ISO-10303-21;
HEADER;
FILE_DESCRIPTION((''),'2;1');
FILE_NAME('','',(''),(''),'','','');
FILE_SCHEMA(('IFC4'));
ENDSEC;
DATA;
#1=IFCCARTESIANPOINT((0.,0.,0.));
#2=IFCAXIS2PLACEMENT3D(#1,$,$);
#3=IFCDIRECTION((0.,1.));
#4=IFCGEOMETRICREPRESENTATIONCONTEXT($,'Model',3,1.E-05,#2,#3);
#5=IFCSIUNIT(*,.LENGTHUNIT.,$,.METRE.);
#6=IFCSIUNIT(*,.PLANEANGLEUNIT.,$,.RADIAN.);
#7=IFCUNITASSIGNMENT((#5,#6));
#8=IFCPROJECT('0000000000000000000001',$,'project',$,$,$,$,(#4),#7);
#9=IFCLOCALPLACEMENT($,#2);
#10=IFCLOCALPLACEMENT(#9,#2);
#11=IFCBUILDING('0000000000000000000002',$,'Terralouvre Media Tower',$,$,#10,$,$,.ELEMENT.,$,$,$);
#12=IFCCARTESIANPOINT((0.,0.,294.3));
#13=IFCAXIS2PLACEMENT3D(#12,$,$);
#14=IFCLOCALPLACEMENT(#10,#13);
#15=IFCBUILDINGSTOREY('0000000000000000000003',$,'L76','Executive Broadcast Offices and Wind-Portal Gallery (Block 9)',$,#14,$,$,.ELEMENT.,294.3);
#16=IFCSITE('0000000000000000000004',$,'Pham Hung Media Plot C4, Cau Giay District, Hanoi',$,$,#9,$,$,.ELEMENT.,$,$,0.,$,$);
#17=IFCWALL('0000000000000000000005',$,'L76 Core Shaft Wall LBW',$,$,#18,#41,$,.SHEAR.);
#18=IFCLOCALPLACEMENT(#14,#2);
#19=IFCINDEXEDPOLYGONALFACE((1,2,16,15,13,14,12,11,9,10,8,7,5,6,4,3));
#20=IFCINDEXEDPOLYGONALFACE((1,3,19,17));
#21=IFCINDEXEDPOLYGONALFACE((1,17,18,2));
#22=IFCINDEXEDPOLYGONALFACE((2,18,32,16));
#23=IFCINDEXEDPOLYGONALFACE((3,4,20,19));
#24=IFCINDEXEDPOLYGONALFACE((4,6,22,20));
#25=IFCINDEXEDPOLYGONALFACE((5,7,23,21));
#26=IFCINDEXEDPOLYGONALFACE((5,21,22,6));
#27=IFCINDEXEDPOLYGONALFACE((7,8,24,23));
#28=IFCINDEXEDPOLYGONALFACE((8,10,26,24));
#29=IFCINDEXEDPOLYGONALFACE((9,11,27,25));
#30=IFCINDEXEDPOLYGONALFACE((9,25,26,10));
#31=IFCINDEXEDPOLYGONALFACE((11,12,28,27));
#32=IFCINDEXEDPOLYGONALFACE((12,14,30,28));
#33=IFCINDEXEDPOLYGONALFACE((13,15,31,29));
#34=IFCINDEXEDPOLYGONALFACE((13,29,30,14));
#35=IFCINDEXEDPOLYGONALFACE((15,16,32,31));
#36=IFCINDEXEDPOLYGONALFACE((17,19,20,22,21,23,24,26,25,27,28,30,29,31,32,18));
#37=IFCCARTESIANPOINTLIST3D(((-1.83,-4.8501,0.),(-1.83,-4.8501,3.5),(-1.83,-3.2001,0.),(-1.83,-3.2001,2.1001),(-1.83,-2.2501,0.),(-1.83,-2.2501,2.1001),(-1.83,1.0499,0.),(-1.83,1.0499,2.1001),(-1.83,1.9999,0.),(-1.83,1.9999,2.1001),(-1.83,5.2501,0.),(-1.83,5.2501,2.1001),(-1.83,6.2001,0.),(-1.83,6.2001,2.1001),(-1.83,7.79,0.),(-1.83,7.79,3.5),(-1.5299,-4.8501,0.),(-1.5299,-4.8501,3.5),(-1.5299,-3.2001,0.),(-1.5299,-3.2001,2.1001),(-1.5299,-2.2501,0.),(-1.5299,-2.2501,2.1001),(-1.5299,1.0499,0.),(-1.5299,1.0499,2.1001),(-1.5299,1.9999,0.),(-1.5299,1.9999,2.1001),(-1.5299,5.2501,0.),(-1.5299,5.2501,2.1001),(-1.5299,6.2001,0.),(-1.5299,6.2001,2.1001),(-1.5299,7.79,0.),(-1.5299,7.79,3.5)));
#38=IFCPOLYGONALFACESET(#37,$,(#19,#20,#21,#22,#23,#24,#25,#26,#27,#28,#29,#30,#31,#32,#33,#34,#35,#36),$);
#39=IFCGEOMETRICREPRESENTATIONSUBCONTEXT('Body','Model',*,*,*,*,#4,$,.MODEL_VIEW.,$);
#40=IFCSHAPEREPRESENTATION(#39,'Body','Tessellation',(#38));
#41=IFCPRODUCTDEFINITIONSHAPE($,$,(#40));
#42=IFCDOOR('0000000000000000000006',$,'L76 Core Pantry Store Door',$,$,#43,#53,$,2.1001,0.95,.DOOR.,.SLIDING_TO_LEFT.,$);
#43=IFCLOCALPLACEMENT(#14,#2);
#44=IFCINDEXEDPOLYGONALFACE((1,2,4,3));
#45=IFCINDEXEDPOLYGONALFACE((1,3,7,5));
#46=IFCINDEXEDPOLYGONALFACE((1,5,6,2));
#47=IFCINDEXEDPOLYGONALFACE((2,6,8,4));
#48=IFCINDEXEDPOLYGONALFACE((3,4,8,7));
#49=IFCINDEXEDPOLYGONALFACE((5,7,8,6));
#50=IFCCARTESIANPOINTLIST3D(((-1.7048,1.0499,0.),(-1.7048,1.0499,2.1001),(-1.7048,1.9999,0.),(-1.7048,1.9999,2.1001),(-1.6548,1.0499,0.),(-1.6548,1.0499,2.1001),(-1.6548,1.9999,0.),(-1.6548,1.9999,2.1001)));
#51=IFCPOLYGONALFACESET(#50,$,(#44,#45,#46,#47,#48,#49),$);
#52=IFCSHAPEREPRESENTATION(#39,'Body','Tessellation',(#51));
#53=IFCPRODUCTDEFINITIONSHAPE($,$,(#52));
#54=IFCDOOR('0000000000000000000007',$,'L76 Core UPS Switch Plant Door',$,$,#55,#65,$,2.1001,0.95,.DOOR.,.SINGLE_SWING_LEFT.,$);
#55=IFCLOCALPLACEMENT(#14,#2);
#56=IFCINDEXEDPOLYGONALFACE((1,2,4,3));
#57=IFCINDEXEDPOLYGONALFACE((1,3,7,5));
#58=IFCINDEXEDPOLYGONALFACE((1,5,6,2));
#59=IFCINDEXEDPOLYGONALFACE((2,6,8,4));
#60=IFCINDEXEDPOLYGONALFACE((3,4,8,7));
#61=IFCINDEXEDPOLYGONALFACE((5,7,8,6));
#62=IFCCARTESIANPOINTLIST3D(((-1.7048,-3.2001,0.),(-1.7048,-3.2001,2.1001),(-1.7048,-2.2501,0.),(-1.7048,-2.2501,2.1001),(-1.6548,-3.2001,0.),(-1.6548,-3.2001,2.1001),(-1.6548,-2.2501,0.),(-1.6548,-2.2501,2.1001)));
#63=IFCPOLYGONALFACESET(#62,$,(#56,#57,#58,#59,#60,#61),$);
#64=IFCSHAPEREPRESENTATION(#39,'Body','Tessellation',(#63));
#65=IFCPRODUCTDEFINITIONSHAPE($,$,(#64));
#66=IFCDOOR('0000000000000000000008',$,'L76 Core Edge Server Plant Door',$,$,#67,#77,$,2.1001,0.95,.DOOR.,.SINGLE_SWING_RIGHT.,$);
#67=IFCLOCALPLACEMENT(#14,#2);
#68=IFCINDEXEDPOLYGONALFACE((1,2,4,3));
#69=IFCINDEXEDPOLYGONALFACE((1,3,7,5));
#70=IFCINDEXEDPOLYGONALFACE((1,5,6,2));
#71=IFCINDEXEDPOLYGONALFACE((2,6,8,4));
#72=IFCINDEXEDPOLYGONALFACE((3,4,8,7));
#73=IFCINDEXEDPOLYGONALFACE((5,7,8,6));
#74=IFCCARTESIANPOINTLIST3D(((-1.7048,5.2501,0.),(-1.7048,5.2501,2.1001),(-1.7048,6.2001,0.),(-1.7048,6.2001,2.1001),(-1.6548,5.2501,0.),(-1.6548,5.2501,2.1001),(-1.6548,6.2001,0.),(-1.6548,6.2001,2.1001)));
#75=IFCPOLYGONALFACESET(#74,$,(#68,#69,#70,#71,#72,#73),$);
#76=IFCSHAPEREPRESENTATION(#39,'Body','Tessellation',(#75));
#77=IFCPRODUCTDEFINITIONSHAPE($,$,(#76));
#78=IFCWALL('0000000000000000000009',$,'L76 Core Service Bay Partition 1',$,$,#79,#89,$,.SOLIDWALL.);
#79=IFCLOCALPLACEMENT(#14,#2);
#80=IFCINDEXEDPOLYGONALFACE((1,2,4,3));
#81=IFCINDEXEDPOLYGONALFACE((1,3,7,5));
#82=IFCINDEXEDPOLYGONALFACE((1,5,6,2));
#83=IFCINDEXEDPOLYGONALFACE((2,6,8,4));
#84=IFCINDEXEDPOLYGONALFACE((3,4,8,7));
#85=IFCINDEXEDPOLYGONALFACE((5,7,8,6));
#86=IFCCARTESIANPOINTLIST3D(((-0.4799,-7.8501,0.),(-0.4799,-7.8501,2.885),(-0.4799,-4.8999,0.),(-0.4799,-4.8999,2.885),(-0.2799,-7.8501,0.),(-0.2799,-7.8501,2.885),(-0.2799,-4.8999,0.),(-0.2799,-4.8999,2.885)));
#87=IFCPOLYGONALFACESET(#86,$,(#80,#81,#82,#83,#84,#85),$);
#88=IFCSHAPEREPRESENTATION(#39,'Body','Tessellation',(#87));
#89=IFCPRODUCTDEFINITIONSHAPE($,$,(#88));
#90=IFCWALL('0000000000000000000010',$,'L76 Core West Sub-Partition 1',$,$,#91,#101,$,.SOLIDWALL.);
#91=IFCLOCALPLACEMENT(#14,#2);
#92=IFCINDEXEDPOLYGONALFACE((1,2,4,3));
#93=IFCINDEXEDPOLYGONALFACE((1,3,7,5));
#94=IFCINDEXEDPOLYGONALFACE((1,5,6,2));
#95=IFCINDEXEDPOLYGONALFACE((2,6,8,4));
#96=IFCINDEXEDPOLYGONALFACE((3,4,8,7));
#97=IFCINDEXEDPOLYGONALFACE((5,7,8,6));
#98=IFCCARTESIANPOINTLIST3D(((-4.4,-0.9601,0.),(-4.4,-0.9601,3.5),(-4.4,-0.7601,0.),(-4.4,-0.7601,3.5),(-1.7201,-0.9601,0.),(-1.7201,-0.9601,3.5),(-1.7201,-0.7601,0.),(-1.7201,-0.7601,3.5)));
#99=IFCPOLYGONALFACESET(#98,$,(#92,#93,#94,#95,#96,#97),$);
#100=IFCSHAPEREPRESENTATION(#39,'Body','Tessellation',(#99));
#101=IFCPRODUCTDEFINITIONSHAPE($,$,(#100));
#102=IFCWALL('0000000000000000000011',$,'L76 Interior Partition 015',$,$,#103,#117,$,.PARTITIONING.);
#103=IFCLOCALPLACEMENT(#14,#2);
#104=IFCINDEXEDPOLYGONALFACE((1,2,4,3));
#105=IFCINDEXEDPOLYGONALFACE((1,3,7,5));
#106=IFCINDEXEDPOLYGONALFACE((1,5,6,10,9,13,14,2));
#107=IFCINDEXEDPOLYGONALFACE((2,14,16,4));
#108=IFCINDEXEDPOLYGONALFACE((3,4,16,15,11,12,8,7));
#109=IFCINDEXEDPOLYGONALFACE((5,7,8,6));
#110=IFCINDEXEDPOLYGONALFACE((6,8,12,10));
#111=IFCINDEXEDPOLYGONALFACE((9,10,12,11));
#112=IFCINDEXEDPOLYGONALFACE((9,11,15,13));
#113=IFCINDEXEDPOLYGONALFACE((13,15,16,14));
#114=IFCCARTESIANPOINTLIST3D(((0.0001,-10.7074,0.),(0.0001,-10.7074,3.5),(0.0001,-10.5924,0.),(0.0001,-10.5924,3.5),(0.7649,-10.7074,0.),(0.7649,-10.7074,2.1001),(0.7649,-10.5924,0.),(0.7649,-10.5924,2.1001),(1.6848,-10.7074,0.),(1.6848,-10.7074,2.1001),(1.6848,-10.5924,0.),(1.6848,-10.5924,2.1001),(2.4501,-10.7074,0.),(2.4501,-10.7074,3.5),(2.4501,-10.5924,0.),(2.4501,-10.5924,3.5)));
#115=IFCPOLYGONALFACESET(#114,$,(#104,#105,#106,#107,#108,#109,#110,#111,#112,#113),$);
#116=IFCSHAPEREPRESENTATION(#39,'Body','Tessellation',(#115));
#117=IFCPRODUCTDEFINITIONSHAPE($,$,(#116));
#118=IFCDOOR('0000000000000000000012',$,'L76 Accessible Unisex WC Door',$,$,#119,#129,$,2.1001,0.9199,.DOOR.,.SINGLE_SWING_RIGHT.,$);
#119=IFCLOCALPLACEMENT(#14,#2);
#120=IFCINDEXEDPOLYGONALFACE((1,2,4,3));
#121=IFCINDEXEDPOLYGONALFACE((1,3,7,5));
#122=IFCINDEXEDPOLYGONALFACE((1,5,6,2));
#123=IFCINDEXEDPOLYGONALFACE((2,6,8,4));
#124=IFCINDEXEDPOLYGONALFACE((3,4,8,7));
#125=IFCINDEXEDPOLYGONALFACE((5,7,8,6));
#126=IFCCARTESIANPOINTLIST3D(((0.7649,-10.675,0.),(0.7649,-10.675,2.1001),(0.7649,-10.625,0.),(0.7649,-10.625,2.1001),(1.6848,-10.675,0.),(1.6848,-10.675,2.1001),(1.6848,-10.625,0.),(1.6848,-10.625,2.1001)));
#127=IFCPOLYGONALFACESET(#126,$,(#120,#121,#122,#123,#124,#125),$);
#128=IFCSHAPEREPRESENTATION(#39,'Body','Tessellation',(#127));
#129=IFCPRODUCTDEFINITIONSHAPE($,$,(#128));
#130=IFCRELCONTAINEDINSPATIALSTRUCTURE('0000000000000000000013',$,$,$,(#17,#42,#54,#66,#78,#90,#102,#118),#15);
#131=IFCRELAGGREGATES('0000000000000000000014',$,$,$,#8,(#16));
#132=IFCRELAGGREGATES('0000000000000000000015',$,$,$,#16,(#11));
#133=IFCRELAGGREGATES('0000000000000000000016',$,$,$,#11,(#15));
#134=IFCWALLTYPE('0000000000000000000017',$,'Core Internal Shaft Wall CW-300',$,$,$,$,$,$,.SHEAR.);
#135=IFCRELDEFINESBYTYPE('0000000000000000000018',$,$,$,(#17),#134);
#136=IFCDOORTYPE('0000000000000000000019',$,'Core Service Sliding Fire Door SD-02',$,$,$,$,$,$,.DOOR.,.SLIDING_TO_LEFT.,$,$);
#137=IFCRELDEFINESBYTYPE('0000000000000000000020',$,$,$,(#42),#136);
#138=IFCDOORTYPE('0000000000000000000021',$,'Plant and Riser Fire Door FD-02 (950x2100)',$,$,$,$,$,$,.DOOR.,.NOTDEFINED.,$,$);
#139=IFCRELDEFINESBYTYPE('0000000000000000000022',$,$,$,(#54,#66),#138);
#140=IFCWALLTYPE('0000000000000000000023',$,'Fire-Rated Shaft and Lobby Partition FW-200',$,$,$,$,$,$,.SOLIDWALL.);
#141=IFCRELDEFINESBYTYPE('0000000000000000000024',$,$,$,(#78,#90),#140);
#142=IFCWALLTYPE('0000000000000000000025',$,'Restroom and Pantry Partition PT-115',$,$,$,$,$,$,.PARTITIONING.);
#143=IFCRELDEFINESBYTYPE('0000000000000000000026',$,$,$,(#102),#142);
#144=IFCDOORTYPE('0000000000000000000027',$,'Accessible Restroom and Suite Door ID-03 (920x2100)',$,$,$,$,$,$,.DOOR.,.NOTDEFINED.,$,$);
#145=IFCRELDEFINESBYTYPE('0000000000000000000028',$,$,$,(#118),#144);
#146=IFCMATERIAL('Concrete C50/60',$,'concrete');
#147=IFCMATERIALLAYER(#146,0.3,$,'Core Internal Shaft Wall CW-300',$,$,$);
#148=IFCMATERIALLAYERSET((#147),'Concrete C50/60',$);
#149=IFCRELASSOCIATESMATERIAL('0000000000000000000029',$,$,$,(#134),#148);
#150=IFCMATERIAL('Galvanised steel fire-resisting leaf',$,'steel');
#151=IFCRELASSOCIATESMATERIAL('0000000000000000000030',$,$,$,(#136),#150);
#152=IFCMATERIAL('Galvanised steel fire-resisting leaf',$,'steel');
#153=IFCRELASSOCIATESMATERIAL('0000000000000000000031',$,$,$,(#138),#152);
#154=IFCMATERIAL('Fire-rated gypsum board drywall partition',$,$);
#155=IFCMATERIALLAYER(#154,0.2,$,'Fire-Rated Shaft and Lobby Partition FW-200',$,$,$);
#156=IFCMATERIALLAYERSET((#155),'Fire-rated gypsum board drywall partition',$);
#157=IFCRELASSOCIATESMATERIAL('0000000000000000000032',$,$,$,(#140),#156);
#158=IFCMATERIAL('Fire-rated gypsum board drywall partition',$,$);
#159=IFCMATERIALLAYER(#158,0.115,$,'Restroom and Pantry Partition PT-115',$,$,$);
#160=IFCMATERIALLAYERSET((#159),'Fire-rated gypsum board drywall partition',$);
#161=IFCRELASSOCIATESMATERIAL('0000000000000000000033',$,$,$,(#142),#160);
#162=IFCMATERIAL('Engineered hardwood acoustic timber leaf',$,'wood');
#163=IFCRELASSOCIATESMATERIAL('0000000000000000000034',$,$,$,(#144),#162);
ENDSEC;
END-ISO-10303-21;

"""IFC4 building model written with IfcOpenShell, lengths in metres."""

from ifc_helpers import new_model, si_unit, direction, frame, frame_2d, origin, place, context, subcontext, project, spatial, rectangle, extrude, material, layer, layer_set, type_object, element, fill, save


model = new_model("IFC4")

# Units and contexts
model_context = context("Model", 3, precision=1e-05, world=origin(), true_north=direction((0.0, 1.0)))
body_context = subcontext(model_context, "Body", "Model", "MODEL_VIEW")
ifc_project = project(units=[si_unit("LENGTHUNIT", "METRE"), si_unit("PLANEANGLEUNIT", "RADIAN")], contexts=[model_context])

# Site, building, storey
site_placement = place(None, origin())
site = spatial("IfcSite", under=ifc_project, at=site_placement, Name="Pham Hung Media Plot C4, Cau Giay District, Hanoi", CompositionType="ELEMENT", RefElevation=0.0)
building_placement = place(site_placement, origin())
building = spatial("IfcBuilding", under=site, at=building_placement, Name="Terralouvre Media Tower", CompositionType="ELEMENT")
storey_placement = place(building_placement, frame((0.0, 0.0, 294.3)))
storey = spatial("IfcBuildingStorey", under=building, at=storey_placement, Name="L76", Description="Executive Broadcast Offices and Wind-Portal Gallery (Block 9)", CompositionType="ELEMENT", Elevation=294.3)

# Shared definitions
ifc_material_1 = material(Name="Concrete C50/60", Category="concrete")
ifc_layer_1 = layer(ifc_material_1, 0.3, Name="Core Internal Shaft Wall CW-300")
ifc_layer_set_1 = layer_set([ifc_layer_1], Name="Concrete C50/60")
wall_type_1 = type_object("IfcWallType", Name="Core Internal Shaft Wall CW-300", PredefinedType="SHEAR", material=ifc_layer_set_1)

# Wall, openings, doors
wall_1_placement = place(storey_placement, frame((-1.6799, -4.8501, 0.0), z_axis=(0.0, 0.0, 1.0), x_axis=(0.0, 1.0, 0.0)))
wall_1 = element("IfcWall", 1, at=wall_1_placement, inside=storey, type_object=wall_type_1, Name="L76 Core Shaft Wall LBW", PredefinedType="SHEAR", context=body_context, shape_type="SweptSolid", body=[
    extrude(rectangle(XDim=12.6401, YDim=0.3, at=frame_2d((6.3201, 0.0))), origin(), (0.0, 0.0, 1.0), 3.5),
])
opening_1_placement = place(wall_1_placement, frame((1.6499, 0.0, 0.0)))
opening_1 = element("IfcOpeningElement", 2, at=opening_1_placement, cuts=wall_1, PredefinedType="OPENING", context=body_context, shape_type="SweptSolid", body=[
    extrude(rectangle(XDim=0.95, YDim=2.1001, at=frame_2d((0.4751, 1.05))), frame((0.0, 0.1599, 0.0), z_axis=(0.0, -1.0, 0.0), x_axis=(1.0, 0.0, 0.0)), (0.0, 0.0, 1.0), 0.3201),
])
opening_2_placement = place(wall_1_placement, frame((5.8999, 0.0, 0.0)))
opening_2 = element("IfcOpeningElement", 3, at=opening_2_placement, cuts=wall_1, PredefinedType="OPENING", context=body_context, shape_type="SweptSolid", body=[
    extrude(rectangle(XDim=0.95, YDim=2.1001, at=frame_2d((0.4751, 1.05))), frame((0.0, 0.1599, 0.0), z_axis=(0.0, -1.0, 0.0), x_axis=(1.0, 0.0, 0.0)), (0.0, 0.0, 1.0), 0.3201),
])
opening_3_placement = place(wall_1_placement, frame((10.1001, 0.0, 0.0)))
opening_3 = element("IfcOpeningElement", 4, at=opening_3_placement, cuts=wall_1, PredefinedType="OPENING", context=body_context, shape_type="SweptSolid", body=[
    extrude(rectangle(XDim=0.95, YDim=2.1001, at=frame_2d((0.4751, 1.05))), frame((0.0, 0.1599, 0.0), z_axis=(0.0, -1.0, 0.0), x_axis=(1.0, 0.0, 0.0)), (0.0, 0.0, 1.0), 0.3201),
])
ifc_material_2 = material(Name="Galvanised steel fire-resisting leaf", Category="steel")
door_type_1 = type_object("IfcDoorType", Name="Core Service Sliding Fire Door SD-02", OperationType="SLIDING_TO_LEFT", PredefinedType="DOOR", material=ifc_material_2)
door_1_placement = place(opening_2_placement, origin())
door_1 = element("IfcDoor", 5, at=door_1_placement, inside=storey, type_object=door_type_1, Name="L76 Core Pantry Store Door", OperationType="SLIDING_TO_LEFT", OverallHeight=2.1001, OverallWidth=0.95, PredefinedType="DOOR", context=body_context, shape_type="SweptSolid", body=[
    extrude(rectangle(XDim=0.95, YDim=2.1001, at=frame_2d((0.4751, 1.05))), frame((0.0, 0.0249, 0.0), z_axis=(0.0, -1.0, 0.0), x_axis=(1.0, 0.0, 0.0)), (0.0, 0.0, 1.0), 0.05),
])
fill(opening_2, door_1)
ifc_material_3 = material(Name="Galvanised steel fire-resisting leaf", Category="steel")
door_type_2 = type_object("IfcDoorType", Name="Plant and Riser Fire Door FD-02 (950x2100)", OperationType="NOTDEFINED", PredefinedType="DOOR", material=ifc_material_3)
door_2_placement = place(opening_1_placement, origin())
door_2 = element("IfcDoor", 6, at=door_2_placement, inside=storey, type_object=door_type_2, Name="L76 Core UPS Switch Plant Door", OperationType="SINGLE_SWING_LEFT", OverallHeight=2.1001, OverallWidth=0.95, PredefinedType="DOOR", context=body_context, shape_type="SweptSolid", body=[
    extrude(rectangle(XDim=0.95, YDim=2.1001, at=frame_2d((0.4751, 1.05))), frame((0.0, 0.0249, 0.0), z_axis=(0.0, -1.0, 0.0), x_axis=(1.0, 0.0, 0.0)), (0.0, 0.0, 1.0), 0.05),
])
fill(opening_1, door_2)
door_3_placement = place(opening_3_placement, origin())
door_3 = element("IfcDoor", 7, at=door_3_placement, inside=storey, type_object=door_type_2, Name="L76 Core Edge Server Plant Door", OperationType="SINGLE_SWING_RIGHT", OverallHeight=2.1001, OverallWidth=0.95, PredefinedType="DOOR", context=body_context, shape_type="SweptSolid", body=[
    extrude(rectangle(XDim=0.95, YDim=2.1001, at=frame_2d((0.4751, 1.05))), frame((0.0, 0.0249, 0.0), z_axis=(0.0, -1.0, 0.0), x_axis=(1.0, 0.0, 0.0)), (0.0, 0.0, 1.0), 0.05),
])
fill(opening_3, door_3)

# Walls
ifc_material_4 = material(Name="Fire-rated gypsum board drywall partition")
ifc_layer_2 = layer(ifc_material_4, 0.2, Name="Fire-Rated Shaft and Lobby Partition FW-200")
ifc_layer_set_2 = layer_set([ifc_layer_2], Name="Fire-rated gypsum board drywall partition")
wall_type_2 = type_object("IfcWallType", Name="Fire-Rated Shaft and Lobby Partition FW-200", PredefinedType="SOLIDWALL", material=ifc_layer_set_2)
wall_2_placement = place(storey_placement, frame((-0.3799, -7.8501, 0.0), z_axis=(0.0, 0.0, 1.0), x_axis=(0.0, 1.0, 0.0)))
element("IfcWall", 8, at=wall_2_placement, inside=storey, type_object=wall_type_2, Name="L76 Core Service Bay Partition 1", PredefinedType="SOLIDWALL", context=body_context, shape_type="SweptSolid", body=[
    extrude(rectangle(XDim=2.9502, YDim=0.2, at=frame_2d((1.4751, 0.0))), origin(), (0.0, 0.0, 1.0), 2.885),
])
wall_3_placement = place(storey_placement, frame((-4.3999, -0.8601, 0.0), z_axis=(0.0, 0.0, 1.0), x_axis=(1.0, 0.0, 0.0)))
element("IfcWall", 9, at=wall_3_placement, inside=storey, type_object=wall_type_2, Name="L76 Core West Sub-Partition 1", PredefinedType="SOLIDWALL", context=body_context, shape_type="SweptSolid", body=[
    extrude(rectangle(XDim=2.6799, YDim=0.2, at=frame_2d((1.3398, 0.0))), origin(), (0.0, 0.0, 1.0), 3.5),
])

# Wall, opening, door
ifc_material_5 = material(Name="Fire-rated gypsum board drywall partition")
ifc_layer_3 = layer(ifc_material_5, 0.115, Name="Restroom and Pantry Partition PT-115")
ifc_layer_set_3 = layer_set([ifc_layer_3], Name="Fire-rated gypsum board drywall partition")
wall_type_3 = type_object("IfcWallType", Name="Restroom and Pantry Partition PT-115", PredefinedType="PARTITIONING", material=ifc_layer_set_3)
wall_4_placement = place(storey_placement, frame((0.0, -10.6499, 0.0), z_axis=(0.0, 0.0, 1.0), x_axis=(1.0, 0.0, 0.0)))
wall_4 = element("IfcWall", 10, at=wall_4_placement, inside=storey, type_object=wall_type_3, Name="L76 Interior Partition 015", PredefinedType="PARTITIONING", context=body_context, shape_type="SweptSolid", body=[
    extrude(rectangle(XDim=2.45, YDim=0.115, at=frame_2d((1.2251, 0.0))), origin(), (0.0, 0.0, 1.0), 3.5),
])
opening_4_placement = place(wall_4_placement, frame((0.7649, 0.0, 0.0)))
opening_4 = element("IfcOpeningElement", 11, at=opening_4_placement, cuts=wall_4, PredefinedType="OPENING", context=body_context, shape_type="SweptSolid", body=[
    extrude(rectangle(XDim=0.9199, YDim=2.1001, at=frame_2d((0.46, 1.05))), frame((0.0, 0.0674, 0.0), z_axis=(0.0, -1.0, 0.0), x_axis=(1.0, 0.0, 0.0)), (0.0, 0.0, 1.0), 0.135),
])
ifc_material_6 = material(Name="Engineered hardwood acoustic timber leaf", Category="wood")
door_type_3 = type_object("IfcDoorType", Name="Accessible Restroom and Suite Door ID-03 (920x2100)", OperationType="NOTDEFINED", PredefinedType="DOOR", material=ifc_material_6)
door_4_placement = place(opening_4_placement, origin())
door_4 = element("IfcDoor", 12, at=door_4_placement, inside=storey, type_object=door_type_3, Name="L76 Accessible Unisex WC Door", OperationType="SINGLE_SWING_RIGHT", OverallHeight=2.1001, OverallWidth=0.9199, PredefinedType="DOOR", context=body_context, shape_type="SweptSolid", body=[
    extrude(rectangle(XDim=0.9199, YDim=2.1001, at=frame_2d((0.46, 1.05))), frame((0.0, 0.0249, 0.0), z_axis=(0.0, -1.0, 0.0), x_axis=(1.0, 0.0, 0.0)), (0.0, 0.0, 1.0), 0.05),
])
fill(opening_4, door_4)

save(model, "model.ifc")
